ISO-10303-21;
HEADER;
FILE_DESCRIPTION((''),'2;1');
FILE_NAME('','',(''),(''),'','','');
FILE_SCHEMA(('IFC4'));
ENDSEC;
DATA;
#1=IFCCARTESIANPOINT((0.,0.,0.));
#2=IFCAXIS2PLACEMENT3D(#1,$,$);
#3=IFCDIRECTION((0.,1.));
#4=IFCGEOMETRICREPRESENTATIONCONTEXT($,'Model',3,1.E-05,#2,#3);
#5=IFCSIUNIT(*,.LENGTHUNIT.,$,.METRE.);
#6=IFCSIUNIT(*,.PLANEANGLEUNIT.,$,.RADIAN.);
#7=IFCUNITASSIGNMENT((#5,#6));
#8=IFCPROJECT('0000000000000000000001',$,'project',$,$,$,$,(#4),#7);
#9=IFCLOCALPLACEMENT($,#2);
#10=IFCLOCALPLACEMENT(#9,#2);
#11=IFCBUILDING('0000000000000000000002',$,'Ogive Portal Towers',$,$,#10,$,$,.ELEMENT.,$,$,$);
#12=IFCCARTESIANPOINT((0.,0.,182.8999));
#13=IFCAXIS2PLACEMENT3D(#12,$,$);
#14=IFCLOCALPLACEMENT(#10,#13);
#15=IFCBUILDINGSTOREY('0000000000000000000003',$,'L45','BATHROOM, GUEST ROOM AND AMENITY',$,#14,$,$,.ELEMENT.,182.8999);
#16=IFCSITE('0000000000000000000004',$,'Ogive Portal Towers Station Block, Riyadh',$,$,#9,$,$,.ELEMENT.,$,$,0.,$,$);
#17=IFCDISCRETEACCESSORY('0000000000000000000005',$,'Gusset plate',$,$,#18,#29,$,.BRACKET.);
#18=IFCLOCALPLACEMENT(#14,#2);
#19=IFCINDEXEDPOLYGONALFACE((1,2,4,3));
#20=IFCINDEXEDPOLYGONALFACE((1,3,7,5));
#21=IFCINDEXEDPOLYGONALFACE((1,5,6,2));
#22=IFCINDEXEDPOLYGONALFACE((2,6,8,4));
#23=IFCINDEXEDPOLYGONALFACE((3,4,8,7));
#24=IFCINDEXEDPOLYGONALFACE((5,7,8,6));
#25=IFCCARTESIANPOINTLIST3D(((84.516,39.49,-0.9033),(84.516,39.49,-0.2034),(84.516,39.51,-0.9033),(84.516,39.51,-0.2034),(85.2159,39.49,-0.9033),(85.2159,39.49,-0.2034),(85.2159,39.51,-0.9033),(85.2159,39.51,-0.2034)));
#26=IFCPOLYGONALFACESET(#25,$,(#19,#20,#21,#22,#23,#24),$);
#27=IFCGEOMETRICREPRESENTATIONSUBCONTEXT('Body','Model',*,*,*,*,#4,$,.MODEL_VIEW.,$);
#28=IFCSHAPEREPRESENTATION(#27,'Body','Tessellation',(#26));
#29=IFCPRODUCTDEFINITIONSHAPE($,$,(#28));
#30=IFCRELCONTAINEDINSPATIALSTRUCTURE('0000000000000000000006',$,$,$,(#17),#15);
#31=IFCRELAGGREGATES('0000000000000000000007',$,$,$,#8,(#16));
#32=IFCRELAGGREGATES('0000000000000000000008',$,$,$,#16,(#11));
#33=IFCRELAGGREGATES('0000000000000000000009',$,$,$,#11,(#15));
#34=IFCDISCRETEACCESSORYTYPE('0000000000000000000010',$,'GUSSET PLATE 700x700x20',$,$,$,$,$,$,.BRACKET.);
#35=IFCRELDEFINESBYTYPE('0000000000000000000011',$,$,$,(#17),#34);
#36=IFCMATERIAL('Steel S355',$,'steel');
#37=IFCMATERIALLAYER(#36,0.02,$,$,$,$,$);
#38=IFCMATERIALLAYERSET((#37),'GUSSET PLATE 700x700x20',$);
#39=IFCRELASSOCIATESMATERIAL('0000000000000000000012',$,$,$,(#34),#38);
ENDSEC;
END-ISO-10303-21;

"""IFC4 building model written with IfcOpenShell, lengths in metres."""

from ifc_helpers import new_model, si_unit, direction, frame, origin, origin_2d, place, context, subcontext, project, spatial, rectangle, extrude, material, layer, layer_set, type_object, element, save


model = new_model("IFC4")

# Units and contexts
model_context = context("Model", 3, precision=1e-05, world=origin(), true_north=direction((0.0, 1.0)))
body_context = subcontext(model_context, "Body", "Model", "MODEL_VIEW")
ifc_project = project(units=[si_unit("LENGTHUNIT", "METRE"), si_unit("PLANEANGLEUNIT", "RADIAN")], contexts=[model_context])

# Site, building, storey
site_placement = place(None, origin())
site = spatial("IfcSite", under=ifc_project, at=site_placement, Name="Ogive Portal Towers Station Block, Riyadh", CompositionType="ELEMENT", RefElevation=0.0)
building_placement = place(site_placement, origin())
building = spatial("IfcBuilding", under=site, at=building_placement, Name="Ogive Portal Towers", CompositionType="ELEMENT")
storey_placement = place(building_placement, frame((0.0, 0.0, 182.8999)))
storey = spatial("IfcBuildingStorey", under=building, at=storey_placement, Name="L45", Description="BATHROOM, GUEST ROOM AND AMENITY", CompositionType="ELEMENT", Elevation=182.8999)

# Shared definitions
ifc_material_1 = material(Name="Steel S355", Category="steel")

# Discrete accessory
ifc_layer_1 = layer(ifc_material_1, 0.02)
ifc_layer_set_1 = layer_set([ifc_layer_1], Name="GUSSET PLATE 700x700x20")
discrete_accessory_type = type_object("IfcDiscreteAccessoryType", Name="GUSSET PLATE 700x700x20", PredefinedType="BRACKET", material=ifc_layer_set_1)
for number, where, z_axis, x_axis, name in (
    (1, (84.866, 39.5, -0.9033), (0.0, 0.0, 1.0), (1.0, 0.0, 0.0), "Gusset plate"),
):
    element("IfcDiscreteAccessory", number, at=place(storey_placement, frame(where, z_axis=z_axis, x_axis=x_axis)), inside=storey, type_object=discrete_accessory_type, Name=name, PredefinedType="BRACKET", context=body_context, shape_type="SweptSolid", body=[
        extrude(rectangle(XDim=0.7, YDim=0.02, at=origin_2d()), origin(), (0.0, 0.0, 1.0), 0.7),
    ])

save(model, "model.ifc")
